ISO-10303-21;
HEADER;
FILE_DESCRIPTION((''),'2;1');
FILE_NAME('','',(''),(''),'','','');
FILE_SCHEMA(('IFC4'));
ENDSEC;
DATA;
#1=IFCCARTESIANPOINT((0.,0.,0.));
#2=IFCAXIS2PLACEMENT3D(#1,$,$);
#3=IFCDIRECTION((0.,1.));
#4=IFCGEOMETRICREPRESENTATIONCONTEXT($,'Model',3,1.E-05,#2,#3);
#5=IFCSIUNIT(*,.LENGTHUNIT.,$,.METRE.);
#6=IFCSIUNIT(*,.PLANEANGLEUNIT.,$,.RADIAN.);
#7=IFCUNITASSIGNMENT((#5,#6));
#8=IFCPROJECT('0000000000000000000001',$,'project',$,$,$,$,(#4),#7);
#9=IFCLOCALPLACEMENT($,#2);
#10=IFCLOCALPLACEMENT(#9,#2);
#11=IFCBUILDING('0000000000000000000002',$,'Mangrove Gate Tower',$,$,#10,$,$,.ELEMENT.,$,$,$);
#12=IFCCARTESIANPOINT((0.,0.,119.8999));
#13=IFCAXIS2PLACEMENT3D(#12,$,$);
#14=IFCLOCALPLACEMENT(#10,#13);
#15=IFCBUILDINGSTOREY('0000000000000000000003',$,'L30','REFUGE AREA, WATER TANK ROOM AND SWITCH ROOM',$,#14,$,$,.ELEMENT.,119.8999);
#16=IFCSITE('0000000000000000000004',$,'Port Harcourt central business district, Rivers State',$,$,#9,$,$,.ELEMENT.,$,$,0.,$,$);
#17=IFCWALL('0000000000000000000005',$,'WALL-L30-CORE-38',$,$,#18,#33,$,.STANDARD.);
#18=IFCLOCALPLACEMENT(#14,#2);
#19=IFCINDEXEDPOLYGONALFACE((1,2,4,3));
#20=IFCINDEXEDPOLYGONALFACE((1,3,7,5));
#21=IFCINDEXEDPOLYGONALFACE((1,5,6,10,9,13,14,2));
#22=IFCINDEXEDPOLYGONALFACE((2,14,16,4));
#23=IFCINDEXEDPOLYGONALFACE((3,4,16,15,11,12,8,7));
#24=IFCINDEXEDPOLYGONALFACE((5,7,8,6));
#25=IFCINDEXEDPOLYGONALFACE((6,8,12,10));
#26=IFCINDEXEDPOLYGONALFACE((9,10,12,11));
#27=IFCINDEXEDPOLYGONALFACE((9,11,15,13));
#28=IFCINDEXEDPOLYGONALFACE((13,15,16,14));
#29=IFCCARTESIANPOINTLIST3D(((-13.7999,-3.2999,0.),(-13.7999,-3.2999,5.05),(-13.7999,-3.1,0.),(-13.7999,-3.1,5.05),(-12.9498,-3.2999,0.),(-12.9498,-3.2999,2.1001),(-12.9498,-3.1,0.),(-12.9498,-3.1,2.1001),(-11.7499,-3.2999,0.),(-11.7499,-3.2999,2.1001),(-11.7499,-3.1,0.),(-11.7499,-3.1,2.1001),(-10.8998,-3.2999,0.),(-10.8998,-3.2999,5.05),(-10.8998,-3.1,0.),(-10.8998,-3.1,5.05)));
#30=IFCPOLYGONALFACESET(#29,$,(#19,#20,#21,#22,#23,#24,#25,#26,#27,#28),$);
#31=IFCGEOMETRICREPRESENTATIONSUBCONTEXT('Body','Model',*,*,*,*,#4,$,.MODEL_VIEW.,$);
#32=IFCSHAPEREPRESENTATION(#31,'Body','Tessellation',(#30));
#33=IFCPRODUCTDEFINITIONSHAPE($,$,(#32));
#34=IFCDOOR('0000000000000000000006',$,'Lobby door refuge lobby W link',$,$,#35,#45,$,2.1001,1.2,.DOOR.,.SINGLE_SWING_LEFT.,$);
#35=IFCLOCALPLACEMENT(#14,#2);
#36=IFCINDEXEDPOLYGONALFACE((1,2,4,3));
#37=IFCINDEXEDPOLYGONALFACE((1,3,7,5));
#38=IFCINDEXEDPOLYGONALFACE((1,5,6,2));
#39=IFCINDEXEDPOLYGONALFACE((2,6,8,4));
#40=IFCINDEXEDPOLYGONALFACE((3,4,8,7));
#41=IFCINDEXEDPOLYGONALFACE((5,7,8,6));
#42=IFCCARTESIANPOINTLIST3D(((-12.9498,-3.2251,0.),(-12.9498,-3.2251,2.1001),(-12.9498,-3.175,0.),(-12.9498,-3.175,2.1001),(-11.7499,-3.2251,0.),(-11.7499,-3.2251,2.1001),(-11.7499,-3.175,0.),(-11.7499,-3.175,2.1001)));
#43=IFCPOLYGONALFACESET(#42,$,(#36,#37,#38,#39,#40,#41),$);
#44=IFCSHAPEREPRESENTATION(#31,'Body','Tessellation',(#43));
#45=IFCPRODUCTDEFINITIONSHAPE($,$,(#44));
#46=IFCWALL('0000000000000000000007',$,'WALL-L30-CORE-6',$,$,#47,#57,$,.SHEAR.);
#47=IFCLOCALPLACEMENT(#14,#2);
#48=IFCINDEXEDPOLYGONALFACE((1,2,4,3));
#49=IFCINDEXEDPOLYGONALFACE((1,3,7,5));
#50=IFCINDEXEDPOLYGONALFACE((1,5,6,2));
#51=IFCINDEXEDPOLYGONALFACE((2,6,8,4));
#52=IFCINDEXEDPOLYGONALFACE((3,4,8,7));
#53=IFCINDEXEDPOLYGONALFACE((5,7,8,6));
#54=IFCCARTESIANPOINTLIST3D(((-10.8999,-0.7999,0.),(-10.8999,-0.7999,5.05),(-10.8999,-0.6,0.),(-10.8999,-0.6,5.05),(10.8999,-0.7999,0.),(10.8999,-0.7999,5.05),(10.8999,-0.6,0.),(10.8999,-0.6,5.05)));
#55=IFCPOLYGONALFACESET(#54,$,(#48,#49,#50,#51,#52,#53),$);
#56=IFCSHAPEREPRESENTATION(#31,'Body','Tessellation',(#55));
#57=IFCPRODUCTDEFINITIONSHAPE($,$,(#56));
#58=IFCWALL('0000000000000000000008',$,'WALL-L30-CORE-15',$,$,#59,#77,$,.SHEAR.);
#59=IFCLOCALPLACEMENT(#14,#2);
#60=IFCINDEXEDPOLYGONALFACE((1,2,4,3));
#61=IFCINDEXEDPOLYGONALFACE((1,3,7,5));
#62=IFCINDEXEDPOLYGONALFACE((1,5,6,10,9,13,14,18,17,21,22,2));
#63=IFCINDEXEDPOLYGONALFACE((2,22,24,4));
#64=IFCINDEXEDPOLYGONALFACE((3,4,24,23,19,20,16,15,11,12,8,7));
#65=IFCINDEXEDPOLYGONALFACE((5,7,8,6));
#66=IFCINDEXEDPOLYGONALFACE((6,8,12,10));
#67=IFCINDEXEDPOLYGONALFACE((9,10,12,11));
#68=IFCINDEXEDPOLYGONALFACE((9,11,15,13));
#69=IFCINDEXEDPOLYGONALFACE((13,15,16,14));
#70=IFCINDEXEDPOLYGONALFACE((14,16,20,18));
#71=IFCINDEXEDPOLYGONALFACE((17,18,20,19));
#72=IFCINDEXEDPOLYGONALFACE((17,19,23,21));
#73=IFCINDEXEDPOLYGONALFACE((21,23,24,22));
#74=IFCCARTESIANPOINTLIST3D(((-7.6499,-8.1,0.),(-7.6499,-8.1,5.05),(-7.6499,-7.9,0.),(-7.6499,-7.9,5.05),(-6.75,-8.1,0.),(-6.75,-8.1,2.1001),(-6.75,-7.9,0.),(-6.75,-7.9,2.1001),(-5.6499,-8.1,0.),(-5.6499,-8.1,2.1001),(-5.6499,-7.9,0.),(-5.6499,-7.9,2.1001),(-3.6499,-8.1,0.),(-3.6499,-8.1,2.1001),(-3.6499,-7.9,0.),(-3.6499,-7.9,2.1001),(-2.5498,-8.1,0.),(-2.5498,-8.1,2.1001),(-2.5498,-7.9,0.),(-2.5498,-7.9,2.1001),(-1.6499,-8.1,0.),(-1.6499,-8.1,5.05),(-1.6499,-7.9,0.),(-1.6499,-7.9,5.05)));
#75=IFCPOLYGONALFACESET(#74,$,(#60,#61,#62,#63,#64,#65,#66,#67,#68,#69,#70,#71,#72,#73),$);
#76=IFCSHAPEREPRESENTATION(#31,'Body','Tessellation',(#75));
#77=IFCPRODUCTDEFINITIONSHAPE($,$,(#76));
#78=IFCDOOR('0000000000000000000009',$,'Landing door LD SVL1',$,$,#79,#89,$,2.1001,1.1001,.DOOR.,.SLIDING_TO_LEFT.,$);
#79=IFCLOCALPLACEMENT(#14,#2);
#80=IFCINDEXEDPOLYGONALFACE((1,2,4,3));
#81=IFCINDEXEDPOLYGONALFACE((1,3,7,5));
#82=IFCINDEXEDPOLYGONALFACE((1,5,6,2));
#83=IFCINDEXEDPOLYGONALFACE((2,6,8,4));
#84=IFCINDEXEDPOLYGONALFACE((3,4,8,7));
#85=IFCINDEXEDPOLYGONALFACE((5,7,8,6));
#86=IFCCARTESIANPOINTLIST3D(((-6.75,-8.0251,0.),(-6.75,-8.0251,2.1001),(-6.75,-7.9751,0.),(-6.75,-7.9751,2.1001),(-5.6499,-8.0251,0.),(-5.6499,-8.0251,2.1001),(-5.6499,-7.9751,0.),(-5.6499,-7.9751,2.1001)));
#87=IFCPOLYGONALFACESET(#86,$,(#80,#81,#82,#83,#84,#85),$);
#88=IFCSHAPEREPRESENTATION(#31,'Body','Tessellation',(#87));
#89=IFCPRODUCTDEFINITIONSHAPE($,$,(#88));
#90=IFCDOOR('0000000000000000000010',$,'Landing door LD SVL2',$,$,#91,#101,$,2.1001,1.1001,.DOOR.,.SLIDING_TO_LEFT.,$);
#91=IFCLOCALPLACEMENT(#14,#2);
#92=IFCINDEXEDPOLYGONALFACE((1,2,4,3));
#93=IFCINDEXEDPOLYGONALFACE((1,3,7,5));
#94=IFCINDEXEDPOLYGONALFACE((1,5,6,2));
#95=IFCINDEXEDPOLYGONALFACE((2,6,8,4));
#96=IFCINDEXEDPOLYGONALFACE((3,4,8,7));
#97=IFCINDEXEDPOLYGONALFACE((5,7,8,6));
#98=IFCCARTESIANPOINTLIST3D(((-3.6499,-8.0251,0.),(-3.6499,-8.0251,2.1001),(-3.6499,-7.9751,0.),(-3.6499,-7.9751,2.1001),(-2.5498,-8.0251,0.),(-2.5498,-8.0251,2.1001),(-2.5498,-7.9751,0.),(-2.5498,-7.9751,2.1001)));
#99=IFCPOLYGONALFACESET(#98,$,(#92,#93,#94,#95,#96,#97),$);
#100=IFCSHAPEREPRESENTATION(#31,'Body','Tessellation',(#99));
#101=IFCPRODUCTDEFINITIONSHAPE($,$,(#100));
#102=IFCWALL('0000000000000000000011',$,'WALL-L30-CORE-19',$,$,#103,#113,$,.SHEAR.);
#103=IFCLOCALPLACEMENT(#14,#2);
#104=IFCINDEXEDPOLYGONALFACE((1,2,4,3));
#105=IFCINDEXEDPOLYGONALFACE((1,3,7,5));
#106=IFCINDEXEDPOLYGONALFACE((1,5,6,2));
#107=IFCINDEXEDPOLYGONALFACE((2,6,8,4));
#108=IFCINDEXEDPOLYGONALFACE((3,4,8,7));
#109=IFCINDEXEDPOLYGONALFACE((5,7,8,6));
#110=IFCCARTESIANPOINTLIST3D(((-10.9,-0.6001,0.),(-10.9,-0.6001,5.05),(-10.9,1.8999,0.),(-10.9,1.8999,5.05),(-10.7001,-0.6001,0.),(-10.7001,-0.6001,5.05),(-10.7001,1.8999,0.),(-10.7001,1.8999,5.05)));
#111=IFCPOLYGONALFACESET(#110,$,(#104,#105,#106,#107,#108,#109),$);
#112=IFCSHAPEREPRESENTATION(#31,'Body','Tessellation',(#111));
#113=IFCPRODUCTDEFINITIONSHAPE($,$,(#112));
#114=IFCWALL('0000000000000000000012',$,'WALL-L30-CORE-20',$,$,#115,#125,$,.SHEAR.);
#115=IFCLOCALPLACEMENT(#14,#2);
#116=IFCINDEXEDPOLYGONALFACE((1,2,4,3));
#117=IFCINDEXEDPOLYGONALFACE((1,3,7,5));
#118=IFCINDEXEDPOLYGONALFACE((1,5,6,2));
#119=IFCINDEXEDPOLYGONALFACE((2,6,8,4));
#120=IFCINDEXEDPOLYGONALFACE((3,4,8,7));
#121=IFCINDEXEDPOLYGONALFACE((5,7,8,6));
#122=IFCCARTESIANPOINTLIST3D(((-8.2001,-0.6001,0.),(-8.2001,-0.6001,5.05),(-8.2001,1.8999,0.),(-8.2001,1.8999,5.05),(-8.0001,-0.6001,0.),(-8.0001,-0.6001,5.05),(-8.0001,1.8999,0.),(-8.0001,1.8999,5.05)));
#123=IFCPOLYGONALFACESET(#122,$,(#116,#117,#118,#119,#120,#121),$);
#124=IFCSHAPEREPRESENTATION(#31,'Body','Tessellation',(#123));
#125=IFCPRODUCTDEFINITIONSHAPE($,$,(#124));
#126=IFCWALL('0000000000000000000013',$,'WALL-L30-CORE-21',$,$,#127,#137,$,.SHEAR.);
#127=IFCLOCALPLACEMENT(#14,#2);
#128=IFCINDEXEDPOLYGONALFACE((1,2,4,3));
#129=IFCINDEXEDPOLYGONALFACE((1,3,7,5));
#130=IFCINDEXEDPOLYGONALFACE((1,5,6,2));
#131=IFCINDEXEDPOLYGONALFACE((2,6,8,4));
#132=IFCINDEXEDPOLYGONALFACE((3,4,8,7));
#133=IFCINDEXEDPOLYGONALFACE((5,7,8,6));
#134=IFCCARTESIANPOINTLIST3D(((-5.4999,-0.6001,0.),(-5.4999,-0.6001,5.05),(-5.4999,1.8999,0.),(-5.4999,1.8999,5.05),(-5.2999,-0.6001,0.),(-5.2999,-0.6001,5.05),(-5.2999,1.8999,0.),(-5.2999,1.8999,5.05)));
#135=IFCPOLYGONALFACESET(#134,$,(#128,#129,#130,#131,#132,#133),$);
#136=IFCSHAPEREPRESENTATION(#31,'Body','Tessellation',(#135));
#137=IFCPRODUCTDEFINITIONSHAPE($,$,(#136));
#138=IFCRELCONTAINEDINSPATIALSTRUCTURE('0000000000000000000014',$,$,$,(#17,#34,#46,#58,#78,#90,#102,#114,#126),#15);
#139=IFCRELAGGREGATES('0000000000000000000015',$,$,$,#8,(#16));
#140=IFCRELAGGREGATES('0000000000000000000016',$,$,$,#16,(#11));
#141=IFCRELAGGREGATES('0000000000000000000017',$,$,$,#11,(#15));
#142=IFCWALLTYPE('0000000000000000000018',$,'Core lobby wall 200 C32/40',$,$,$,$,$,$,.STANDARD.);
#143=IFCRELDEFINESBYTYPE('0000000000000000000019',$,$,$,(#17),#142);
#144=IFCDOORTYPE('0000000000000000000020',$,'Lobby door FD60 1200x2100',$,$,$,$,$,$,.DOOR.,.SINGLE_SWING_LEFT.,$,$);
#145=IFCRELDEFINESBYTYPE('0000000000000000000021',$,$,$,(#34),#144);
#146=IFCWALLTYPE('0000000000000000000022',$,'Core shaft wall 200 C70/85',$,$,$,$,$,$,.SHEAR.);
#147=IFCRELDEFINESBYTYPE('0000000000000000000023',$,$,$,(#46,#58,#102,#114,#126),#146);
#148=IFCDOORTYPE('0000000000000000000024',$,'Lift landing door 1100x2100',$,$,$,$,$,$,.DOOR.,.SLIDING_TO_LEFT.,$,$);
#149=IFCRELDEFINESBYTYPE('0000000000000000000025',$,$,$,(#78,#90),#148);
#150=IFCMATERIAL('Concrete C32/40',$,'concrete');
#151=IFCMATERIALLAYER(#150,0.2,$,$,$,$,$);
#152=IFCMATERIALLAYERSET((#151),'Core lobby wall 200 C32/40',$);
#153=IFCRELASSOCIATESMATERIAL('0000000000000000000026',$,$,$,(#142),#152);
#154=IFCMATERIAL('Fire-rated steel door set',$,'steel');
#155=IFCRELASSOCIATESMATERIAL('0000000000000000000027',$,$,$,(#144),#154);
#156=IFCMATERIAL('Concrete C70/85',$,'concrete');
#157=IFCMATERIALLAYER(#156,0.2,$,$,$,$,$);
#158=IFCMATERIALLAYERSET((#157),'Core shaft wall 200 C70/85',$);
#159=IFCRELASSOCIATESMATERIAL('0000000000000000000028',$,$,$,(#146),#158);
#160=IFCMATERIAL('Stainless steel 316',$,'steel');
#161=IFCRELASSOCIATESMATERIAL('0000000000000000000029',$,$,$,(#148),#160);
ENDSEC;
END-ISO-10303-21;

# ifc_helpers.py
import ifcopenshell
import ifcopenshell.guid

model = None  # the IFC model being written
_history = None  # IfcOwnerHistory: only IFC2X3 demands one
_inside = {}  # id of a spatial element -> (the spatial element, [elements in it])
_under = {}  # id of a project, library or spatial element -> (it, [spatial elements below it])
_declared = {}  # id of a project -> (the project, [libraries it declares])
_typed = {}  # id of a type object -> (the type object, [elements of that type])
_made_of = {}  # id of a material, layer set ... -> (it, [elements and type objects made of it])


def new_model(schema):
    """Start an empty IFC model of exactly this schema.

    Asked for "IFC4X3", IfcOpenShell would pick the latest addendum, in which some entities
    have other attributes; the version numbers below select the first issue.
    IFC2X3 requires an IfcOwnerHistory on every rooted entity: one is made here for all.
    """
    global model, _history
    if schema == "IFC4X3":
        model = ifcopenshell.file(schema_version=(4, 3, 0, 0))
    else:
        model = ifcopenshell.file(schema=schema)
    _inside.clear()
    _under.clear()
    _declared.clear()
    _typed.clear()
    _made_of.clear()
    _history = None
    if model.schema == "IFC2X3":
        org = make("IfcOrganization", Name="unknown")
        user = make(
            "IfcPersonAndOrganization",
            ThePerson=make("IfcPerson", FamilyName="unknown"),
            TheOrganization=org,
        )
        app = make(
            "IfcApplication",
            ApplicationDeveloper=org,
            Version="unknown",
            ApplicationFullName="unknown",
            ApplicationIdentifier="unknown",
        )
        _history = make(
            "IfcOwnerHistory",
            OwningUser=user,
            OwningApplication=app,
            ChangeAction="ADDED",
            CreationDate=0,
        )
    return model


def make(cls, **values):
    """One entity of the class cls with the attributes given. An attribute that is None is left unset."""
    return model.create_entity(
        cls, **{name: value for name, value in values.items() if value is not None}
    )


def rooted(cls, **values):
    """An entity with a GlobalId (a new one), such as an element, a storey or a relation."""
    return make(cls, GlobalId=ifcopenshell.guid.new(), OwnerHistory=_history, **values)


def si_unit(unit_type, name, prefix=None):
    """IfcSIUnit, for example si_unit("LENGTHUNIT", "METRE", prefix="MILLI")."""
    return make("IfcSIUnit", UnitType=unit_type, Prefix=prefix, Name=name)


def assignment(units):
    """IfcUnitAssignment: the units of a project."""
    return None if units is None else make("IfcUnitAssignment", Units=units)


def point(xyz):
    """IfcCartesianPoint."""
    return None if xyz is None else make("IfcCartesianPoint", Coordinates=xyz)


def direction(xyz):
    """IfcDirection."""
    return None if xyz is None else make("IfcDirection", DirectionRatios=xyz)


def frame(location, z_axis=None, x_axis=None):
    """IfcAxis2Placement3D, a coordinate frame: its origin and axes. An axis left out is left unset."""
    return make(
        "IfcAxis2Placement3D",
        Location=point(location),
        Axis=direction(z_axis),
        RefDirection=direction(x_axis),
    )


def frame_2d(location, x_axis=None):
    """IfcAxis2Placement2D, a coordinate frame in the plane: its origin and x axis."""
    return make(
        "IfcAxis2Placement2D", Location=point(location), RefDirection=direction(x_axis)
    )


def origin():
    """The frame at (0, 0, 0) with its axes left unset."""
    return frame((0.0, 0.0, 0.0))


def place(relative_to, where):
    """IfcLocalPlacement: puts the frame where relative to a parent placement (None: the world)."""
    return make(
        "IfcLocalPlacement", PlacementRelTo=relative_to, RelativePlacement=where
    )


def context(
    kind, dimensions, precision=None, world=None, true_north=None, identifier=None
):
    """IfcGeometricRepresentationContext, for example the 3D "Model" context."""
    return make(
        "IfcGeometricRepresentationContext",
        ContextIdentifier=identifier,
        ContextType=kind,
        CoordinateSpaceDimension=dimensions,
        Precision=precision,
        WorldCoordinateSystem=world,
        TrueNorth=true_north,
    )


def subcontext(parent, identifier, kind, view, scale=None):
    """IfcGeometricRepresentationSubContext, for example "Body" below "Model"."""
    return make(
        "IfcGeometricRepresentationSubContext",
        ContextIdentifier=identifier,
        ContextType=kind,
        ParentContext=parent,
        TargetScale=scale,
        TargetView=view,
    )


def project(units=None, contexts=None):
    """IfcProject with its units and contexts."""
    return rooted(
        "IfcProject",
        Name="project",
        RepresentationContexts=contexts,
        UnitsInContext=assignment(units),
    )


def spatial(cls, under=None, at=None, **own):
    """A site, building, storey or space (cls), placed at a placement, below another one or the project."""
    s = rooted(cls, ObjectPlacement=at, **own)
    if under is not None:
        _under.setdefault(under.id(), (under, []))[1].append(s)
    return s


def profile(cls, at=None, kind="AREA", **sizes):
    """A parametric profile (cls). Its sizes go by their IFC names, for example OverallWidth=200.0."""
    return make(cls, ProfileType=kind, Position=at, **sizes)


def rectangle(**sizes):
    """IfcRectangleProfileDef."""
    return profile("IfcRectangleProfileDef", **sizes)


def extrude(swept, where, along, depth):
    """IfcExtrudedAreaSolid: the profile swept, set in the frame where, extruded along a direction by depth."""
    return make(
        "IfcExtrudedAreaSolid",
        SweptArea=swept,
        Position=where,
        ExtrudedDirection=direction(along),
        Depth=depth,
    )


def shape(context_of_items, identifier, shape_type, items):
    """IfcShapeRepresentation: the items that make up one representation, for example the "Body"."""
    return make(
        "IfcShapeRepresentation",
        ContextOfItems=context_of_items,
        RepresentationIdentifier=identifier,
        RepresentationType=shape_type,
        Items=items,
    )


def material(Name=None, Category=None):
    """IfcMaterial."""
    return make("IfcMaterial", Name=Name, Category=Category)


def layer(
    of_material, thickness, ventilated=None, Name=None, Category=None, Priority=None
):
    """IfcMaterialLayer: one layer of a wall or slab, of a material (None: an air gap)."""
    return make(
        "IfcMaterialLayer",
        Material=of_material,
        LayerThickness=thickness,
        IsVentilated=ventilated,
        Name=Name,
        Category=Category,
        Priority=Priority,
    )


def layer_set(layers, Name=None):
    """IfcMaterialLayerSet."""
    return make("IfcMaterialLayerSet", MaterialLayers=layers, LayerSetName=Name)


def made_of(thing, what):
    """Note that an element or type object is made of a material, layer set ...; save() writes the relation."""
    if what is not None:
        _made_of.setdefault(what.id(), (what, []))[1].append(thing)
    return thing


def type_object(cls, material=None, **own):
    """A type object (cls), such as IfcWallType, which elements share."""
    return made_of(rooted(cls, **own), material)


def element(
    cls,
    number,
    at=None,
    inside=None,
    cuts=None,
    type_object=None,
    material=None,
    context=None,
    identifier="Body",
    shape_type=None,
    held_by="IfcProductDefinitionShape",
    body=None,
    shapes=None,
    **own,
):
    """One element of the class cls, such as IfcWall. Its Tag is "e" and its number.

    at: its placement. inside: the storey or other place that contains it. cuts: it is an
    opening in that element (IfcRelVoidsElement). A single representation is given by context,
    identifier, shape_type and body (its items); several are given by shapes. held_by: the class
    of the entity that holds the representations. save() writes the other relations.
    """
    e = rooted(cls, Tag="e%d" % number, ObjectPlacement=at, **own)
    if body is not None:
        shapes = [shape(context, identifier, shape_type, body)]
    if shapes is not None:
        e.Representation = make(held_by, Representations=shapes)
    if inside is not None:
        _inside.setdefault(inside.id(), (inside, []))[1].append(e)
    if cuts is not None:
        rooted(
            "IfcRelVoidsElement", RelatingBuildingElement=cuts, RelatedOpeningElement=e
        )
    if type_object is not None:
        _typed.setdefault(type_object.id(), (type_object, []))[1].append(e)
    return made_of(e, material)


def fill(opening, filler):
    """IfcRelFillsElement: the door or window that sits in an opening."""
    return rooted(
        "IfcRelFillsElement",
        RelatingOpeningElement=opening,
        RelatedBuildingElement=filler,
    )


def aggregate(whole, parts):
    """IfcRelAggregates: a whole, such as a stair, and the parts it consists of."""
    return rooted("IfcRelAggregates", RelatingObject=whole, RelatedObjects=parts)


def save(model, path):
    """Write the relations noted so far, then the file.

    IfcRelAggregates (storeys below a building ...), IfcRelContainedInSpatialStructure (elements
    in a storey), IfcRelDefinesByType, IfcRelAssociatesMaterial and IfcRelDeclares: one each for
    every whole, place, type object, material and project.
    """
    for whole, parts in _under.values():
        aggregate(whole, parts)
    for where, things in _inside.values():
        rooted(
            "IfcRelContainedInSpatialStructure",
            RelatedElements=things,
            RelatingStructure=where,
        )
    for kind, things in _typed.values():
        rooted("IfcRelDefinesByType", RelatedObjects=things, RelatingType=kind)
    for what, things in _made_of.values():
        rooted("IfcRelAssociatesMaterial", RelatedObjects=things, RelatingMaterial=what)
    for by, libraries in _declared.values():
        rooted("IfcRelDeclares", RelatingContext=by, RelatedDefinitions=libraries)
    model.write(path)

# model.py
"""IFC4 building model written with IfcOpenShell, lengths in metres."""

from ifc_helpers import new_model, si_unit, direction, frame, frame_2d, origin, place, context, subcontext, project, spatial, rectangle, extrude, material, layer, layer_set, type_object, element, fill, save


model = new_model("IFC4")

# Units and contexts
model_context = context("Model", 3, precision=1e-05, world=origin(), true_north=direction((0.0, 1.0)))
body_context = subcontext(model_context, "Body", "Model", "MODEL_VIEW")
ifc_project = project(units=[si_unit("LENGTHUNIT", "METRE"), si_unit("PLANEANGLEUNIT", "RADIAN")], contexts=[model_context])

# Site, building, storey
site_placement = place(None, origin())
site = spatial("IfcSite", under=ifc_project, at=site_placement, Name="Port Harcourt central business district, Rivers State", CompositionType="ELEMENT", RefElevation=0.0)
building_placement = place(site_placement, origin())
building = spatial("IfcBuilding", under=site, at=building_placement, Name="Mangrove Gate Tower", CompositionType="ELEMENT")
storey_placement = place(building_placement, frame((0.0, 0.0, 119.8999)))
storey = spatial("IfcBuildingStorey", under=building, at=storey_placement, Name="L30", Description="REFUGE AREA, WATER TANK ROOM AND SWITCH ROOM", CompositionType="ELEMENT", Elevation=119.8999)

# Wall, opening, door
ifc_material_1 = material(Name="Concrete C32/40", Category="concrete")
ifc_layer_1 = layer(ifc_material_1, 0.2)
ifc_layer_set_1 = layer_set([ifc_layer_1], Name="Core lobby wall 200 C32/40")
wall_type_1 = type_object("IfcWallType", Name="Core lobby wall 200 C32/40", PredefinedType="STANDARD", material=ifc_layer_set_1)
wall_1_placement = place(storey_placement, frame((-13.8, -3.2, 0.0), z_axis=(0.0, 0.0, 1.0), x_axis=(1.0, 0.0, 0.0)))
wall_1 = element("IfcWall", 1, at=wall_1_placement, inside=storey, type_object=wall_type_1, Name="WALL-L30-CORE-38", PredefinedType="STANDARD", context=body_context, shape_type="SweptSolid", body=[
    extrude(rectangle(XDim=2.9001, YDim=0.2, at=frame_2d((1.4502, 0.0))), origin(), (0.0, 0.0, 1.0), 5.05),
])
opening_1_placement = place(wall_1_placement, frame((0.8501, 0.0, 0.0)))
opening_1 = element("IfcOpeningElement", 2, at=opening_1_placement, cuts=wall_1, PredefinedType="OPENING", context=body_context, shape_type="SweptSolid", body=[
    extrude(rectangle(XDim=1.2, YDim=2.1001, at=frame_2d((0.6001, 1.05))), frame((0.0, 0.1099, 0.0), z_axis=(0.0, -1.0, 0.0), x_axis=(1.0, 0.0, 0.0)), (0.0, 0.0, 1.0), 0.22),
])
ifc_material_2 = material(Name="Fire-rated steel door set", Category="steel")
door_type_1 = type_object("IfcDoorType", Name="Lobby door FD60 1200x2100", OperationType="SINGLE_SWING_LEFT", PredefinedType="DOOR", material=ifc_material_2)
door_1_placement = place(opening_1_placement, origin())
door_1 = element("IfcDoor", 3, at=door_1_placement, inside=storey, type_object=door_type_1, Name="Lobby door refuge lobby W link", OperationType="SINGLE_SWING_LEFT", OverallHeight=2.1001, OverallWidth=1.2, PredefinedType="DOOR", context=body_context, shape_type="SweptSolid", body=[
    extrude(rectangle(XDim=1.2, YDim=2.1001, at=frame_2d((0.6001, 1.05))), frame((0.0, 0.0249, 0.0), z_axis=(0.0, -1.0, 0.0), x_axis=(1.0, 0.0, 0.0)), (0.0, 0.0, 1.0), 0.05),
])
fill(opening_1, door_1)

# Wall
ifc_material_3 = material(Name="Concrete C70/85", Category="concrete")
ifc_layer_2 = layer(ifc_material_3, 0.2)
ifc_layer_set_2 = layer_set([ifc_layer_2], Name="Core shaft wall 200 C70/85")
wall_type_2 = type_object("IfcWallType", Name="Core shaft wall 200 C70/85", PredefinedType="SHEAR", material=ifc_layer_set_2)
wall_2_placement = place(storey_placement, frame((-10.8999, -0.7, 0.0), z_axis=(0.0, 0.0, 1.0), x_axis=(1.0, 0.0, 0.0)))
element("IfcWall", 4, at=wall_2_placement, inside=storey, type_object=wall_type_2, Name="WALL-L30-CORE-6", PredefinedType="SHEAR", context=body_context, shape_type="SweptSolid", body=[
    extrude(rectangle(XDim=21.7998, YDim=0.2, at=frame_2d((10.8999, 0.0))), origin(), (0.0, 0.0, 1.0), 5.05),
])

# Wall, openings, doors
wall_3_placement = place(storey_placement, frame((-7.6499, -8.0, 0.0), z_axis=(0.0, 0.0, 1.0), x_axis=(1.0, 0.0, 0.0)))
wall_3 = element("IfcWall", 5, at=wall_3_placement, inside=storey, type_object=wall_type_2, Name="WALL-L30-CORE-15", PredefinedType="SHEAR", context=body_context, shape_type="SweptSolid", body=[
    extrude(rectangle(XDim=6.0, YDim=0.2, at=frame_2d((3.0, 0.0))), origin(), (0.0, 0.0, 1.0), 5.05),
])
opening_2_placement = place(wall_3_placement, frame((0.8999, 0.0, 0.0)))
opening_2 = element("IfcOpeningElement", 6, at=opening_2_placement, cuts=wall_3, PredefinedType="OPENING", context=body_context, shape_type="SweptSolid", body=[
    extrude(rectangle(XDim=1.1001, YDim=2.1001, at=frame_2d((0.55, 1.05))), frame((0.0, 0.1099, 0.0), z_axis=(0.0, -1.0, 0.0), x_axis=(1.0, 0.0, 0.0)), (0.0, 0.0, 1.0), 0.22),
])
opening_3_placement = place(wall_3_placement, frame((4.0, 0.0, 0.0)))
opening_3 = element("IfcOpeningElement", 7, at=opening_3_placement, cuts=wall_3, PredefinedType="OPENING", context=body_context, shape_type="SweptSolid", body=[
    extrude(rectangle(XDim=1.1001, YDim=2.1001, at=frame_2d((0.55, 1.05))), frame((0.0, 0.1099, 0.0), z_axis=(0.0, -1.0, 0.0), x_axis=(1.0, 0.0, 0.0)), (0.0, 0.0, 1.0), 0.22),
])
ifc_material_4 = material(Name="Stainless steel 316", Category="steel")
door_type_2 = type_object("IfcDoorType", Name="Lift landing door 1100x2100", OperationType="SLIDING_TO_LEFT", PredefinedType="DOOR", material=ifc_material_4)
door_2_placement = place(opening_2_placement, origin())
door_2 = element("IfcDoor", 8, at=door_2_placement, inside=storey, type_object=door_type_2, Name="Landing door LD SVL1", OperationType="SLIDING_TO_LEFT", OverallHeight=2.1001, OverallWidth=1.1001, PredefinedType="DOOR", context=body_context, shape_type="SweptSolid", body=[
    extrude(rectangle(XDim=1.1001, YDim=2.1001, at=frame_2d((0.55, 1.05))), frame((0.0, 0.0249, 0.0), z_axis=(0.0, -1.0, 0.0), x_axis=(1.0, 0.0, 0.0)), (0.0, 0.0, 1.0), 0.05),
])
fill(opening_2, door_2)
door_3_placement = place(opening_3_placement, origin())
door_3 = element("IfcDoor", 9, at=door_3_placement, inside=storey, type_object=door_type_2, Name="Landing door LD SVL2", OperationType="SLIDING_TO_LEFT", OverallHeight=2.1001, OverallWidth=1.1001, PredefinedType="DOOR", context=body_context, shape_type="SweptSolid", body=[
    extrude(rectangle(XDim=1.1001, YDim=2.1001, at=frame_2d((0.55, 1.05))), frame((0.0, 0.0249, 0.0), z_axis=(0.0, -1.0, 0.0), x_axis=(1.0, 0.0, 0.0)), (0.0, 0.0, 1.0), 0.05),
])
fill(opening_3, door_3)

# Walls
for number, where, z_axis, x_axis, name in (
    (10, (-10.8, -0.6001, 0.0), (0.0, 0.0, 1.0), (0.0, 1.0, 0.0), "WALL-L30-CORE-19"),
    (11, (-8.1001, -0.6001, 0.0), (0.0, 0.0, 1.0), (0.0, 1.0, 0.0), "WALL-L30-CORE-20"),
    (12, (-5.3999, -0.6001, 0.0), (0.0, 0.0, 1.0), (0.0, 1.0, 0.0), "WALL-L30-CORE-21"),
):
    element("IfcWall", number, at=place(storey_placement, frame(where, z_axis=z_axis, x_axis=x_axis)), inside=storey, type_object=wall_type_2, Name=name, PredefinedType="SHEAR", context=body_context, shape_type="SweptSolid", body=[
        extrude(rectangle(XDim=2.5, YDim=0.2, at=frame_2d((1.25, 0.0))), origin(), (0.0, 0.0, 1.0), 5.05),
    ])

save(model, "model.ifc")
